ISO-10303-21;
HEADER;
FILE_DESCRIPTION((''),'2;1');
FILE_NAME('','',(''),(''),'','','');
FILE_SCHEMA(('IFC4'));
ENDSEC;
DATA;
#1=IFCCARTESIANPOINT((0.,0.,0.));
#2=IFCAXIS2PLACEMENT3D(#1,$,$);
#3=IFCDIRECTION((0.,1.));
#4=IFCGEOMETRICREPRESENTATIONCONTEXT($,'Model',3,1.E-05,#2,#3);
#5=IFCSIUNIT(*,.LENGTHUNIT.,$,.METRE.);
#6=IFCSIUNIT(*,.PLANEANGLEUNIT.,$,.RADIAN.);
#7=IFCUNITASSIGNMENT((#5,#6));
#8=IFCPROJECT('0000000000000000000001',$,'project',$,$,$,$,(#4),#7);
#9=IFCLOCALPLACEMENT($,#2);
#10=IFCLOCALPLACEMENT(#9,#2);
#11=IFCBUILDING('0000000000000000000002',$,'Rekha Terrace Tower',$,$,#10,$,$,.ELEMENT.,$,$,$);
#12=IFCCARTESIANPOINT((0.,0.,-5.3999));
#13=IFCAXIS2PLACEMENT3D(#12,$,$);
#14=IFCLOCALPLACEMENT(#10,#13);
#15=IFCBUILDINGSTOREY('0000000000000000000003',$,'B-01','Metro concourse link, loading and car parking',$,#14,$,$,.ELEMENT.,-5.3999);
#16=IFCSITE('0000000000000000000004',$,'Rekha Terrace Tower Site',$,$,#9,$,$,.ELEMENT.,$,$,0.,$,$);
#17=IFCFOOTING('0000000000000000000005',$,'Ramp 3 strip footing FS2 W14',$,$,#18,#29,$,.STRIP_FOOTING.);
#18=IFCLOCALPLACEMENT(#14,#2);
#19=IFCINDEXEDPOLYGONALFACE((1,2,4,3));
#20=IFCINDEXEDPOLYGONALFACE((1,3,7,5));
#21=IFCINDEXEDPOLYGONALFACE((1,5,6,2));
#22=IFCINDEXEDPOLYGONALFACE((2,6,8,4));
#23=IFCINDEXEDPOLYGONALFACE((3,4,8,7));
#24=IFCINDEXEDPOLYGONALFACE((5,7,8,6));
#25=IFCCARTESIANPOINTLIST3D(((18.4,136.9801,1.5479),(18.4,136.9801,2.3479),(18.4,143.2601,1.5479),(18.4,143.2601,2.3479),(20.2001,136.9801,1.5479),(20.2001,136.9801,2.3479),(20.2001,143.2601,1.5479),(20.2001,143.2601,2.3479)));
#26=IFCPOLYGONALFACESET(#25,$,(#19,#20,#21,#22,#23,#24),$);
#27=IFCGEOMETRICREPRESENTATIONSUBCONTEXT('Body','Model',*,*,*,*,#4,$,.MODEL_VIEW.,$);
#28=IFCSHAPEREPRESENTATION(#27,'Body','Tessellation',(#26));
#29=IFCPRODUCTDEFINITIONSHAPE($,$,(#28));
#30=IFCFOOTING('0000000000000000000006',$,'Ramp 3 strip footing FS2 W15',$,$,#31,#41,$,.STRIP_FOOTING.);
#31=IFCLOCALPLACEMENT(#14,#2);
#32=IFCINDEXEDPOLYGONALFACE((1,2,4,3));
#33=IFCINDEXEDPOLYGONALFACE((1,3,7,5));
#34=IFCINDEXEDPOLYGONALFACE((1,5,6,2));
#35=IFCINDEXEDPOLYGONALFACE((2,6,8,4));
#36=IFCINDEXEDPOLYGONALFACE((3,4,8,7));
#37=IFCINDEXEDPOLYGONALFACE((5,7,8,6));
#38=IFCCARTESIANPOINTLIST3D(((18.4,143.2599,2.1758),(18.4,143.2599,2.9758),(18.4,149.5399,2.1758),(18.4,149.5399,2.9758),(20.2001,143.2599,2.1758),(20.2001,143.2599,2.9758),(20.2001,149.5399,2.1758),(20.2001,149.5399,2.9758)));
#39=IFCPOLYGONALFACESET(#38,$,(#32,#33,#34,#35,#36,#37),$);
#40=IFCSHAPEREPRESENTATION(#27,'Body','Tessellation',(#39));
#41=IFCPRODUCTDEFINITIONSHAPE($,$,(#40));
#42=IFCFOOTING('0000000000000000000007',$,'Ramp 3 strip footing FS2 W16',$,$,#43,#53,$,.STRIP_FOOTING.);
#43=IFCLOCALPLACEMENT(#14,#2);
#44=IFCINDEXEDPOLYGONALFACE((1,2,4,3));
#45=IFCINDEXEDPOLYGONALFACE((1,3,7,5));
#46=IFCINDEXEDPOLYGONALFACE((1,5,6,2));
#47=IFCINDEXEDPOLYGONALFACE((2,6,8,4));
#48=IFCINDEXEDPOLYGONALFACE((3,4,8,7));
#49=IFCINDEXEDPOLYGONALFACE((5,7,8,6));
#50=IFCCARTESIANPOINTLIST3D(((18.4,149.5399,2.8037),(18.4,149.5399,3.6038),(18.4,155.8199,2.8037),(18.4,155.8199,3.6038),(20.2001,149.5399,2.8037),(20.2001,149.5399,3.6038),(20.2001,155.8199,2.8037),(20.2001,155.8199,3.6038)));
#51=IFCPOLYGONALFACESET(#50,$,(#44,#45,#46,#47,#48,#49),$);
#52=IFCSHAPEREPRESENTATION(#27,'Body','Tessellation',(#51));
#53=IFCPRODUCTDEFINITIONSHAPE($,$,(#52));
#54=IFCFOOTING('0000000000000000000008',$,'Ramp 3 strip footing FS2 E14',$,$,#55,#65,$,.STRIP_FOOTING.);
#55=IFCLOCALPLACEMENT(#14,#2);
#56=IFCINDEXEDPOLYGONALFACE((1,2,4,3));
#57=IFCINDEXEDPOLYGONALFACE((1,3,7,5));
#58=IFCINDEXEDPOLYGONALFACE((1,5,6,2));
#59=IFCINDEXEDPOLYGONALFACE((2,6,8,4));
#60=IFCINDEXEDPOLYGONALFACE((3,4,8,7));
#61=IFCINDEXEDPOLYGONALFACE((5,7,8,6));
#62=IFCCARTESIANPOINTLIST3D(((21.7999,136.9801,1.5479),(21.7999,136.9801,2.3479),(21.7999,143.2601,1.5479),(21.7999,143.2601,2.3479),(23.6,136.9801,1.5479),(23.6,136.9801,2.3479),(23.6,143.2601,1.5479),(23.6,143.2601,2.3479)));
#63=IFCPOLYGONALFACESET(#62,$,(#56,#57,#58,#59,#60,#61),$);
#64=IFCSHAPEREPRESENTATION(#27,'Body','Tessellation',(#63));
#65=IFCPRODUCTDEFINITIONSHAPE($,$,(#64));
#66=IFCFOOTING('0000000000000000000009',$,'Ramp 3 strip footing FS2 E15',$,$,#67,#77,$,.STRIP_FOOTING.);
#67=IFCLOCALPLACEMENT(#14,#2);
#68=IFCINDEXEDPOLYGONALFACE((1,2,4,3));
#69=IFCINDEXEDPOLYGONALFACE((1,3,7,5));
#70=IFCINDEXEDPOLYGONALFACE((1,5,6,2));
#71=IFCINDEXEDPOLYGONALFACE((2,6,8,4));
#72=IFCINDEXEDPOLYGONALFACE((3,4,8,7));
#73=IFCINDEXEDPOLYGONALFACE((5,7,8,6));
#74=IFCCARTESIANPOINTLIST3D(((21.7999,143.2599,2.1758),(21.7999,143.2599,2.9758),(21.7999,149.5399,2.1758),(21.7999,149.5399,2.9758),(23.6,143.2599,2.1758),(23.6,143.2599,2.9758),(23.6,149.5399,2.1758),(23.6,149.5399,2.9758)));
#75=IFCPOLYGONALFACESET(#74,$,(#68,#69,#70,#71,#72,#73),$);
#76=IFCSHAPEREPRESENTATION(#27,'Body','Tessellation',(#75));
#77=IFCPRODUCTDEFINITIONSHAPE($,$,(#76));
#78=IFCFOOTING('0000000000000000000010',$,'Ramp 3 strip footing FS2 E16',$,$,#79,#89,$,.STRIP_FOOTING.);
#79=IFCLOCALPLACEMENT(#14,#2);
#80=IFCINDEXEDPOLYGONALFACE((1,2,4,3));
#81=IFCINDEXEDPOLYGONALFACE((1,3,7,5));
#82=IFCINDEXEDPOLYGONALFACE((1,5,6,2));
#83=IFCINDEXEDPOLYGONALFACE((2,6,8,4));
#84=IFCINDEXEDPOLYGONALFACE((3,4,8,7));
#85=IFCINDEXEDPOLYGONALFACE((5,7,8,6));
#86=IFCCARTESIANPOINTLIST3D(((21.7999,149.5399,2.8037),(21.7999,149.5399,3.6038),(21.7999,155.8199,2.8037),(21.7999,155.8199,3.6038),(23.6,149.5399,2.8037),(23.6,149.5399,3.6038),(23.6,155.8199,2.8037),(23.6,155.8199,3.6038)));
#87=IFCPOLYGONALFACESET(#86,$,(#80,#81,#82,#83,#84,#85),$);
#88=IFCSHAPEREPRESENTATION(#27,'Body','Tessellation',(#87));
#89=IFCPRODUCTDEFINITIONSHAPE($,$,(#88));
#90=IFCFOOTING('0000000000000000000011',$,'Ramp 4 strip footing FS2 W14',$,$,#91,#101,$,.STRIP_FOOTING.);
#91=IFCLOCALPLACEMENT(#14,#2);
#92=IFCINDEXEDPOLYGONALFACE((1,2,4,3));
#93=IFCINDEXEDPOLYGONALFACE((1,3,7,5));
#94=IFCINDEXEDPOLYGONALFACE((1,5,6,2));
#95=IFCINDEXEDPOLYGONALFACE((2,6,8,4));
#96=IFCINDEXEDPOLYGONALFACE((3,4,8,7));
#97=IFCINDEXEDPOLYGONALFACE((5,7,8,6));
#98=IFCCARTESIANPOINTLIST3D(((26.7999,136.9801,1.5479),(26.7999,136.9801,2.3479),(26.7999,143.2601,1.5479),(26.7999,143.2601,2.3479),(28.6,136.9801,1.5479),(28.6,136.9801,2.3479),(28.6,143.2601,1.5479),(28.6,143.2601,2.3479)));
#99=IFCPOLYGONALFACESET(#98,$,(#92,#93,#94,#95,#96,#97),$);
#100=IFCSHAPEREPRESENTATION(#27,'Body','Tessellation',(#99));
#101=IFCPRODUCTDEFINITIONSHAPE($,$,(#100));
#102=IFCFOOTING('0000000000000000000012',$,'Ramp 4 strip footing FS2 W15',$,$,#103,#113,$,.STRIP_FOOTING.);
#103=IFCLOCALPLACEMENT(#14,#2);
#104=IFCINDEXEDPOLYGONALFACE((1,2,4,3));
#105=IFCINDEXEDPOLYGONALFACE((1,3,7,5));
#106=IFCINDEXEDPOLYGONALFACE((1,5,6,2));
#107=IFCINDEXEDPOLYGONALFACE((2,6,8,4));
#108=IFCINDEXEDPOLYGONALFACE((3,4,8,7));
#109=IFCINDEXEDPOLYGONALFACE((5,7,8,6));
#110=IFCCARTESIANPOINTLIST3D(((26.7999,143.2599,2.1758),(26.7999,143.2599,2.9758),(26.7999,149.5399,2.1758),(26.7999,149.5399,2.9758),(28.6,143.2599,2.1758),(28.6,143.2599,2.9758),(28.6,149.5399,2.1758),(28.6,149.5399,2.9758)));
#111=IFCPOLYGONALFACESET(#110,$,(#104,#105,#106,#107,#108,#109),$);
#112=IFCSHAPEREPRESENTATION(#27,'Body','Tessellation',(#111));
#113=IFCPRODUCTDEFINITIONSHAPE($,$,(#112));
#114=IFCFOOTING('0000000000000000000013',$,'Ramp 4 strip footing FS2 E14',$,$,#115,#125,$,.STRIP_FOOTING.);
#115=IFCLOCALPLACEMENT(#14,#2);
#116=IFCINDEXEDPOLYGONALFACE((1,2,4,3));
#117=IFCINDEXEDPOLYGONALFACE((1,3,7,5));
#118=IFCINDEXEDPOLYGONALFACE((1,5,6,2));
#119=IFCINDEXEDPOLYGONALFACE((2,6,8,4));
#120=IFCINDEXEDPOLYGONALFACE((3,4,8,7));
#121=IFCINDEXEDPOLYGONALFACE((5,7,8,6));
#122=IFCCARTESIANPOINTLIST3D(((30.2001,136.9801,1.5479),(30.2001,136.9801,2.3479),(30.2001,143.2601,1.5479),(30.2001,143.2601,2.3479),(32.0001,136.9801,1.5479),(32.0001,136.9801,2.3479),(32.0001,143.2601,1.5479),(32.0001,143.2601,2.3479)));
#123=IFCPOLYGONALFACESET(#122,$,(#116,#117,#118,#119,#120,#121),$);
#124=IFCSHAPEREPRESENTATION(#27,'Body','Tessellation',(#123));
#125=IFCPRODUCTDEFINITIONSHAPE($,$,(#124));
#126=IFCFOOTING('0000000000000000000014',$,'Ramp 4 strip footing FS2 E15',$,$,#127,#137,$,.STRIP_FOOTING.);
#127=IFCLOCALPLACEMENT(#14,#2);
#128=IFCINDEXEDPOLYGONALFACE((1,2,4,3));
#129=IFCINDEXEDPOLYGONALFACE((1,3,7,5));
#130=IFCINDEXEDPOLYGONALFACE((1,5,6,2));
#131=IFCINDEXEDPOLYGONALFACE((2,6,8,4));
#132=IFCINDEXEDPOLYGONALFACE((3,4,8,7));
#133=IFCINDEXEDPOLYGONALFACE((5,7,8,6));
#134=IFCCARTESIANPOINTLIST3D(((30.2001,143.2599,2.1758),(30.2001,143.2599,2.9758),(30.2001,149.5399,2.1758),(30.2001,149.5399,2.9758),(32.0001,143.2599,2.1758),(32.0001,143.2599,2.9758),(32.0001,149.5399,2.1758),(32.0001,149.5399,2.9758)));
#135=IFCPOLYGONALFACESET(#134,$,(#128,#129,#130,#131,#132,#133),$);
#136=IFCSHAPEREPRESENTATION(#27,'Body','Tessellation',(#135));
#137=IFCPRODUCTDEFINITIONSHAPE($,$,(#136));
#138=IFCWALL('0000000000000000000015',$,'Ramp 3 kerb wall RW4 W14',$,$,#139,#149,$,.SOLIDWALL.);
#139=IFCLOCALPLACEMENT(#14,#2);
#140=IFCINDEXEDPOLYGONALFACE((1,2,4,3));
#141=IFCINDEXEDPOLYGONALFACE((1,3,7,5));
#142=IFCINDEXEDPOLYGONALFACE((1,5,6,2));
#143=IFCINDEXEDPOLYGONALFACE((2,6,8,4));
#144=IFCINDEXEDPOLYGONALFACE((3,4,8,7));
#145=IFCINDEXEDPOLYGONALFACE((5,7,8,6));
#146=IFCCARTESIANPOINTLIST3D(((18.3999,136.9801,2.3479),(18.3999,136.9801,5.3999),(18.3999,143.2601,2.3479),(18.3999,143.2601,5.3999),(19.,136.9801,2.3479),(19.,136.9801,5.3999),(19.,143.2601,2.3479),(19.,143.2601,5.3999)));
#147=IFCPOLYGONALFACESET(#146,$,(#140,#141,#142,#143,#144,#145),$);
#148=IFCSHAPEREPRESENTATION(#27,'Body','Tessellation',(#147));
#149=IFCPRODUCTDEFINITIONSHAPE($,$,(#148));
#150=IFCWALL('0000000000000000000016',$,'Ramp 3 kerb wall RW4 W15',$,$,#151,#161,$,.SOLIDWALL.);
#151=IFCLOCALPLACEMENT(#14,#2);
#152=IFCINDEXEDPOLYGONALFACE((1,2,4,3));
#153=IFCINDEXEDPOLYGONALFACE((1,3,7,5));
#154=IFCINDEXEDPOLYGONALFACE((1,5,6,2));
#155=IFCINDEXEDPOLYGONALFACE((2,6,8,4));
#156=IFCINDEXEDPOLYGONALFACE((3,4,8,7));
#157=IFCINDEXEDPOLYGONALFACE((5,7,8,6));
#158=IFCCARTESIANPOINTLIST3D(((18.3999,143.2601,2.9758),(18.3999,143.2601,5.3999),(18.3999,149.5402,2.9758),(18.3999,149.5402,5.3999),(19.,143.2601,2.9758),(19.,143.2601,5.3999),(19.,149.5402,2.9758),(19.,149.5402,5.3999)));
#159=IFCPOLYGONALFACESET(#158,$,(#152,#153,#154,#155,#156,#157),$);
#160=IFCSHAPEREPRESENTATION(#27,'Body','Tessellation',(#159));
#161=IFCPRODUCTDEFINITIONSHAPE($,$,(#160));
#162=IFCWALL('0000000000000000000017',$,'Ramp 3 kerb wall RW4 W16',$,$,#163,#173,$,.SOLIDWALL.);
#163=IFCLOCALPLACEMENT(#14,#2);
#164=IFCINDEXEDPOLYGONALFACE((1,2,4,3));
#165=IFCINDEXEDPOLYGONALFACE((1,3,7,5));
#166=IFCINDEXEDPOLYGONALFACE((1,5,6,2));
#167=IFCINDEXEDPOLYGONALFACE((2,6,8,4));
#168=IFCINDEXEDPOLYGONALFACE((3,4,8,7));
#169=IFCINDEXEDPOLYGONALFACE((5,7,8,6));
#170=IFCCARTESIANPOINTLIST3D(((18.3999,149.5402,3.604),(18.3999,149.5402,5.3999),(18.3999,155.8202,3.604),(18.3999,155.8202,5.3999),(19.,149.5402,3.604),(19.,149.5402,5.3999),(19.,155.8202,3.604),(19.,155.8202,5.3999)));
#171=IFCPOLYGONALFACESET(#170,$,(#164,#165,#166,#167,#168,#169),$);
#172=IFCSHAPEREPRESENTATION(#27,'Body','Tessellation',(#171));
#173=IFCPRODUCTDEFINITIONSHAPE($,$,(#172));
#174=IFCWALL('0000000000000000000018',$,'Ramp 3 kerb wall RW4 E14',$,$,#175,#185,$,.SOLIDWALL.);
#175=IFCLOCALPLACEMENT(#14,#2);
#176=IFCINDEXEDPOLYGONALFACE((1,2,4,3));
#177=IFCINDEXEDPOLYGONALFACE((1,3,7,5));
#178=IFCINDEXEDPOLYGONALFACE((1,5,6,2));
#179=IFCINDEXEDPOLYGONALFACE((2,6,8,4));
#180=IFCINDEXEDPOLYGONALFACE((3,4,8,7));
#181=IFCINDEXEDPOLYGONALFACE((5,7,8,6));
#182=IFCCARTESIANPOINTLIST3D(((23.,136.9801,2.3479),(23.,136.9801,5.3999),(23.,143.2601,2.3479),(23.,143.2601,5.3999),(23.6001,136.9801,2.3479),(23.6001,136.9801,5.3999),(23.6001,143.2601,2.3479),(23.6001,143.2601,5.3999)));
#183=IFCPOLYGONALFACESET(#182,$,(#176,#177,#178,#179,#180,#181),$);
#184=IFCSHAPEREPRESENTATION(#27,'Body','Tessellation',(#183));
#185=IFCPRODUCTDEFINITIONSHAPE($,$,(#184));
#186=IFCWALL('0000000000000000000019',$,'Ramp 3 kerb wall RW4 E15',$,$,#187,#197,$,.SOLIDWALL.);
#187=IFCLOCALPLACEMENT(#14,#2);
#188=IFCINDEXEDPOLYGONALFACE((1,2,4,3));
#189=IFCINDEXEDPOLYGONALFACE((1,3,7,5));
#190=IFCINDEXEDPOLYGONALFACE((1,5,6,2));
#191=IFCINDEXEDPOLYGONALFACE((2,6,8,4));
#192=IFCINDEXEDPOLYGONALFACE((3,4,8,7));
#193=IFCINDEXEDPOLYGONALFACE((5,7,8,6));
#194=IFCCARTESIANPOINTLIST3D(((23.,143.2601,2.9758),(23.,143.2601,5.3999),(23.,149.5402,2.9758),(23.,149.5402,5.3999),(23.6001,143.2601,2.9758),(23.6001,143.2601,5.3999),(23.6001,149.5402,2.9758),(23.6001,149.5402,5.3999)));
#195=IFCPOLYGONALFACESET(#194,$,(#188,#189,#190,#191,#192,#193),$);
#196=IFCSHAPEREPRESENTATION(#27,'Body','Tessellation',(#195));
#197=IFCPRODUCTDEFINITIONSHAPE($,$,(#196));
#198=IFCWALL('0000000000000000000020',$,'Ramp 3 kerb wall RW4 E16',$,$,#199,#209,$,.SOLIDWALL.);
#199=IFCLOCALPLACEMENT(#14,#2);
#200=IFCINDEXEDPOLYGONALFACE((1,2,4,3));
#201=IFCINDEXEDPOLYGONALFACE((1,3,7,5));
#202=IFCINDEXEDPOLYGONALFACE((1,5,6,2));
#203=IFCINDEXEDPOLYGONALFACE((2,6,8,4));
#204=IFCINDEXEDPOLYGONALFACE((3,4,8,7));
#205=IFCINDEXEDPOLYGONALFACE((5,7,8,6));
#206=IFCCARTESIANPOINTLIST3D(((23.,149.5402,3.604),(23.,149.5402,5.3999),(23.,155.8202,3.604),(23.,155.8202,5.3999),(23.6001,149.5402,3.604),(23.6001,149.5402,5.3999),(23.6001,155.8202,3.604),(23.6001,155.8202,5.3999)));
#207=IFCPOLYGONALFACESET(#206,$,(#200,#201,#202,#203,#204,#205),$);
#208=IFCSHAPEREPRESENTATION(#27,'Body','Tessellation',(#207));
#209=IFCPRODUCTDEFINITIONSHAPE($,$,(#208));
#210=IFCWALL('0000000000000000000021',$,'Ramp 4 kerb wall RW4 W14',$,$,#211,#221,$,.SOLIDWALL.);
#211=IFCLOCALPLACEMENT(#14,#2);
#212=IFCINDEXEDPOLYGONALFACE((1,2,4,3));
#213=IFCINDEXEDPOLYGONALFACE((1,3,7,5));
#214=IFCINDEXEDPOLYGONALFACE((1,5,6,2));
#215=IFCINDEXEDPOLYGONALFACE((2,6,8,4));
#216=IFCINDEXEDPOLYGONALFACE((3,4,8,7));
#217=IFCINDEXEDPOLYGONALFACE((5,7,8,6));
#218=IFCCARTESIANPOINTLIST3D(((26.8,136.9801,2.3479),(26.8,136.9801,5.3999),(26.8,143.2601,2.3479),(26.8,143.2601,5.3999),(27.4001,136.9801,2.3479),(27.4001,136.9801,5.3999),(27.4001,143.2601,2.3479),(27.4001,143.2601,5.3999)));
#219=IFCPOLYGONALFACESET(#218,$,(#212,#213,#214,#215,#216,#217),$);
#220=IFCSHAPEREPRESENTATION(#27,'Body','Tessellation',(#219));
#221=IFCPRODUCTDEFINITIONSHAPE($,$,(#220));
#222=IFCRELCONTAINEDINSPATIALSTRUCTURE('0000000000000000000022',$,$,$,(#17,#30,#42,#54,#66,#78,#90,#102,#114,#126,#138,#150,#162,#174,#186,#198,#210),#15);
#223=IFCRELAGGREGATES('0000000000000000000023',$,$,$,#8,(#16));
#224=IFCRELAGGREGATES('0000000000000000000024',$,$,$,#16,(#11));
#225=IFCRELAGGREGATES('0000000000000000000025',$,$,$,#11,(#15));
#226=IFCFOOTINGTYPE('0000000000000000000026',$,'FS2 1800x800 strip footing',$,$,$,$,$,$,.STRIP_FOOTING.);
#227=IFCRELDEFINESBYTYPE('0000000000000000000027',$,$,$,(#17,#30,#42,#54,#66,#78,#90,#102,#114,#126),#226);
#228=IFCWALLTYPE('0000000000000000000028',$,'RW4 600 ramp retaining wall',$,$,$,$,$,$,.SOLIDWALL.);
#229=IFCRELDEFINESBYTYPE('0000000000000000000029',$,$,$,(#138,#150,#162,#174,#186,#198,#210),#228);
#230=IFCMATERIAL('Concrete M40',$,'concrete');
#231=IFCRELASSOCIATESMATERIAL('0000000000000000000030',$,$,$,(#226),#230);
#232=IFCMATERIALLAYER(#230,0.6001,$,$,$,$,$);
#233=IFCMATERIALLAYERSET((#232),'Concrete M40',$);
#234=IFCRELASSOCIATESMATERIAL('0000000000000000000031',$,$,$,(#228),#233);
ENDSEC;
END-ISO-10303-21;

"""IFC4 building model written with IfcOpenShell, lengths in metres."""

from ifc_helpers import new_model, si_unit, direction, frame, frame_2d, origin, origin_2d, place, context, subcontext, project, spatial, rectangle, extrude, material, layer, layer_set, type_object, element, save


model = new_model("IFC4")

# Units and contexts
model_context = context("Model", 3, precision=1e-05, world=origin(), true_north=direction((0.0, 1.0)))
body_context = subcontext(model_context, "Body", "Model", "MODEL_VIEW")
ifc_project = project(units=[si_unit("LENGTHUNIT", "METRE"), si_unit("PLANEANGLEUNIT", "RADIAN")], contexts=[model_context])

# Site, building, storey
site_placement = place(None, origin())
site = spatial("IfcSite", under=ifc_project, at=site_placement, Name="Rekha Terrace Tower Site", CompositionType="ELEMENT", RefElevation=0.0)
building_placement = place(site_placement, origin())
building = spatial("IfcBuilding", under=site, at=building_placement, Name="Rekha Terrace Tower", CompositionType="ELEMENT")
storey_placement = place(building_placement, frame((0.0, 0.0, -5.3999)))
storey = spatial("IfcBuildingStorey", under=building, at=storey_placement, Name="B-01", Description="Metro concourse link, loading and car parking", CompositionType="ELEMENT", Elevation=-5.3999)

# Footings
ifc_material = material(Name="Concrete M40", Category="concrete")
footing_type = type_object("IfcFootingType", Name="FS2 1800x800 strip footing", PredefinedType="STRIP_FOOTING", material=ifc_material)
for number, where, z_axis, x_axis, name in (
    (1, (19.3, 140.1201, 1.5479), (0.0, 0.0, 1.0), (1.0, 0.0, 0.0), "Ramp 3 strip footing FS2 W14"),
    (2, (19.3, 146.3999, 2.1758), (0.0, 0.0, 1.0), (1.0, 0.0, 0.0), "Ramp 3 strip footing FS2 W15"),
    (3, (19.3, 152.6799, 2.8037), (0.0, 0.0, 1.0), (1.0, 0.0, 0.0), "Ramp 3 strip footing FS2 W16"),
    (4, (22.7, 140.1201, 1.5479), (0.0, 0.0, 1.0), (1.0, 0.0, 0.0), "Ramp 3 strip footing FS2 E14"),
    (5, (22.7, 146.3999, 2.1758), (0.0, 0.0, 1.0), (1.0, 0.0, 0.0), "Ramp 3 strip footing FS2 E15"),
    (6, (22.7, 152.6799, 2.8037), (0.0, 0.0, 1.0), (1.0, 0.0, 0.0), "Ramp 3 strip footing FS2 E16"),
    (7, (27.7, 140.1201, 1.5479), (0.0, 0.0, 1.0), (1.0, 0.0, 0.0), "Ramp 4 strip footing FS2 W14"),
    (8, (27.7, 146.3999, 2.1758), (0.0, 0.0, 1.0), (1.0, 0.0, 0.0), "Ramp 4 strip footing FS2 W15"),
    (9, (31.1001, 140.1201, 1.5479), (0.0, 0.0, 1.0), (1.0, 0.0, 0.0), "Ramp 4 strip footing FS2 E14"),
    (10, (31.1001, 146.3999, 2.1758), (0.0, 0.0, 1.0), (1.0, 0.0, 0.0), "Ramp 4 strip footing FS2 E15"),
):
    element("IfcFooting", number, at=place(storey_placement, frame(where, z_axis=z_axis, x_axis=x_axis)), inside=storey, type_object=footing_type, Name=name, PredefinedType="STRIP_FOOTING", context=body_context, shape_type="SweptSolid", body=[
        extrude(rectangle(XDim=1.8, YDim=6.28, at=origin_2d()), origin(), (0.0, 0.0, 1.0), 0.8),
    ])

# Walls
ifc_layer = layer(ifc_material, 0.6001)
ifc_layer_set = layer_set([ifc_layer], Name="Concrete M40")
wall_type = type_object("IfcWallType", Name="RW4 600 ramp retaining wall", PredefinedType="SOLIDWALL", material=ifc_layer_set)
wall_1_placement = place(storey_placement, frame((18.7, 136.98, 2.3479), z_axis=(0.0, 0.0, 1.0), x_axis=(0.0, 1.0, 0.0)))
element("IfcWall", 11, at=wall_1_placement, inside=storey, type_object=wall_type, Name="Ramp 3 kerb wall RW4 W14", PredefinedType="SOLIDWALL", context=body_context, shape_type="SweptSolid", body=[
    extrude(rectangle(XDim=6.28, YDim=0.6001, at=frame_2d((3.1401, 0.0))), origin(), (0.0, 0.0, 1.0), 3.052),
])
wall_2_placement = place(storey_placement, frame((18.7, 143.26, 2.9758), z_axis=(0.0, 0.0, 1.0), x_axis=(0.0, 1.0, 0.0)))
element("IfcWall", 12, at=wall_2_placement, inside=storey, type_object=wall_type, Name="Ramp 3 kerb wall RW4 W15", PredefinedType="SOLIDWALL", context=body_context, shape_type="SweptSolid", body=[
    extrude(rectangle(XDim=6.28, YDim=0.6001, at=frame_2d((3.1401, 0.0))), origin(), (0.0, 0.0, 1.0), 2.4241),
])
wall_3_placement = place(storey_placement, frame((18.7, 149.54, 3.604), z_axis=(0.0, 0.0, 1.0), x_axis=(0.0, 1.0, 0.0)))
element("IfcWall", 13, at=wall_3_placement, inside=storey, type_object=wall_type, Name="Ramp 3 kerb wall RW4 W16", PredefinedType="SOLIDWALL", context=body_context, shape_type="SweptSolid", body=[
    extrude(rectangle(XDim=6.28, YDim=0.6001, at=frame_2d((3.1401, 0.0))), origin(), (0.0, 0.0, 1.0), 1.7959),
])
wall_4_placement = place(storey_placement, frame((23.3, 136.98, 2.3479), z_axis=(0.0, 0.0, 1.0), x_axis=(0.0, 1.0, 0.0)))
element("IfcWall", 14, at=wall_4_placement, inside=storey, type_object=wall_type, Name="Ramp 3 kerb wall RW4 E14", PredefinedType="SOLIDWALL", context=body_context, shape_type="SweptSolid", body=[
    extrude(rectangle(XDim=6.28, YDim=0.6001, at=frame_2d((3.1401, 0.0))), origin(), (0.0, 0.0, 1.0), 3.052),
])
wall_5_placement = place(storey_placement, frame((23.3, 143.26, 2.9758), z_axis=(0.0, 0.0, 1.0), x_axis=(0.0, 1.0, 0.0)))
element("IfcWall", 15, at=wall_5_placement, inside=storey, type_object=wall_type, Name="Ramp 3 kerb wall RW4 E15", PredefinedType="SOLIDWALL", context=body_context, shape_type="SweptSolid", body=[
    extrude(rectangle(XDim=6.28, YDim=0.6001, at=frame_2d((3.1401, 0.0))), origin(), (0.0, 0.0, 1.0), 2.4241),
])
wall_6_placement = place(storey_placement, frame((23.3, 149.54, 3.604), z_axis=(0.0, 0.0, 1.0), x_axis=(0.0, 1.0, 0.0)))
element("IfcWall", 16, at=wall_6_placement, inside=storey, type_object=wall_type, Name="Ramp 3 kerb wall RW4 E16", PredefinedType="SOLIDWALL", context=body_context, shape_type="SweptSolid", body=[
    extrude(rectangle(XDim=6.28, YDim=0.6001, at=frame_2d((3.1401, 0.0))), origin(), (0.0, 0.0, 1.0), 1.7959),
])
wall_7_placement = place(storey_placement, frame((27.1001, 136.98, 2.3479), z_axis=(0.0, 0.0, 1.0), x_axis=(0.0, 1.0, 0.0)))
element("IfcWall", 17, at=wall_7_placement, inside=storey, type_object=wall_type, Name="Ramp 4 kerb wall RW4 W14", PredefinedType="SOLIDWALL", context=body_context, shape_type="SweptSolid", body=[
    extrude(rectangle(XDim=6.28, YDim=0.6001, at=frame_2d((3.1401, 0.0))), origin(), (0.0, 0.0, 1.0), 3.052),
])

save(model, "model.ifc")
